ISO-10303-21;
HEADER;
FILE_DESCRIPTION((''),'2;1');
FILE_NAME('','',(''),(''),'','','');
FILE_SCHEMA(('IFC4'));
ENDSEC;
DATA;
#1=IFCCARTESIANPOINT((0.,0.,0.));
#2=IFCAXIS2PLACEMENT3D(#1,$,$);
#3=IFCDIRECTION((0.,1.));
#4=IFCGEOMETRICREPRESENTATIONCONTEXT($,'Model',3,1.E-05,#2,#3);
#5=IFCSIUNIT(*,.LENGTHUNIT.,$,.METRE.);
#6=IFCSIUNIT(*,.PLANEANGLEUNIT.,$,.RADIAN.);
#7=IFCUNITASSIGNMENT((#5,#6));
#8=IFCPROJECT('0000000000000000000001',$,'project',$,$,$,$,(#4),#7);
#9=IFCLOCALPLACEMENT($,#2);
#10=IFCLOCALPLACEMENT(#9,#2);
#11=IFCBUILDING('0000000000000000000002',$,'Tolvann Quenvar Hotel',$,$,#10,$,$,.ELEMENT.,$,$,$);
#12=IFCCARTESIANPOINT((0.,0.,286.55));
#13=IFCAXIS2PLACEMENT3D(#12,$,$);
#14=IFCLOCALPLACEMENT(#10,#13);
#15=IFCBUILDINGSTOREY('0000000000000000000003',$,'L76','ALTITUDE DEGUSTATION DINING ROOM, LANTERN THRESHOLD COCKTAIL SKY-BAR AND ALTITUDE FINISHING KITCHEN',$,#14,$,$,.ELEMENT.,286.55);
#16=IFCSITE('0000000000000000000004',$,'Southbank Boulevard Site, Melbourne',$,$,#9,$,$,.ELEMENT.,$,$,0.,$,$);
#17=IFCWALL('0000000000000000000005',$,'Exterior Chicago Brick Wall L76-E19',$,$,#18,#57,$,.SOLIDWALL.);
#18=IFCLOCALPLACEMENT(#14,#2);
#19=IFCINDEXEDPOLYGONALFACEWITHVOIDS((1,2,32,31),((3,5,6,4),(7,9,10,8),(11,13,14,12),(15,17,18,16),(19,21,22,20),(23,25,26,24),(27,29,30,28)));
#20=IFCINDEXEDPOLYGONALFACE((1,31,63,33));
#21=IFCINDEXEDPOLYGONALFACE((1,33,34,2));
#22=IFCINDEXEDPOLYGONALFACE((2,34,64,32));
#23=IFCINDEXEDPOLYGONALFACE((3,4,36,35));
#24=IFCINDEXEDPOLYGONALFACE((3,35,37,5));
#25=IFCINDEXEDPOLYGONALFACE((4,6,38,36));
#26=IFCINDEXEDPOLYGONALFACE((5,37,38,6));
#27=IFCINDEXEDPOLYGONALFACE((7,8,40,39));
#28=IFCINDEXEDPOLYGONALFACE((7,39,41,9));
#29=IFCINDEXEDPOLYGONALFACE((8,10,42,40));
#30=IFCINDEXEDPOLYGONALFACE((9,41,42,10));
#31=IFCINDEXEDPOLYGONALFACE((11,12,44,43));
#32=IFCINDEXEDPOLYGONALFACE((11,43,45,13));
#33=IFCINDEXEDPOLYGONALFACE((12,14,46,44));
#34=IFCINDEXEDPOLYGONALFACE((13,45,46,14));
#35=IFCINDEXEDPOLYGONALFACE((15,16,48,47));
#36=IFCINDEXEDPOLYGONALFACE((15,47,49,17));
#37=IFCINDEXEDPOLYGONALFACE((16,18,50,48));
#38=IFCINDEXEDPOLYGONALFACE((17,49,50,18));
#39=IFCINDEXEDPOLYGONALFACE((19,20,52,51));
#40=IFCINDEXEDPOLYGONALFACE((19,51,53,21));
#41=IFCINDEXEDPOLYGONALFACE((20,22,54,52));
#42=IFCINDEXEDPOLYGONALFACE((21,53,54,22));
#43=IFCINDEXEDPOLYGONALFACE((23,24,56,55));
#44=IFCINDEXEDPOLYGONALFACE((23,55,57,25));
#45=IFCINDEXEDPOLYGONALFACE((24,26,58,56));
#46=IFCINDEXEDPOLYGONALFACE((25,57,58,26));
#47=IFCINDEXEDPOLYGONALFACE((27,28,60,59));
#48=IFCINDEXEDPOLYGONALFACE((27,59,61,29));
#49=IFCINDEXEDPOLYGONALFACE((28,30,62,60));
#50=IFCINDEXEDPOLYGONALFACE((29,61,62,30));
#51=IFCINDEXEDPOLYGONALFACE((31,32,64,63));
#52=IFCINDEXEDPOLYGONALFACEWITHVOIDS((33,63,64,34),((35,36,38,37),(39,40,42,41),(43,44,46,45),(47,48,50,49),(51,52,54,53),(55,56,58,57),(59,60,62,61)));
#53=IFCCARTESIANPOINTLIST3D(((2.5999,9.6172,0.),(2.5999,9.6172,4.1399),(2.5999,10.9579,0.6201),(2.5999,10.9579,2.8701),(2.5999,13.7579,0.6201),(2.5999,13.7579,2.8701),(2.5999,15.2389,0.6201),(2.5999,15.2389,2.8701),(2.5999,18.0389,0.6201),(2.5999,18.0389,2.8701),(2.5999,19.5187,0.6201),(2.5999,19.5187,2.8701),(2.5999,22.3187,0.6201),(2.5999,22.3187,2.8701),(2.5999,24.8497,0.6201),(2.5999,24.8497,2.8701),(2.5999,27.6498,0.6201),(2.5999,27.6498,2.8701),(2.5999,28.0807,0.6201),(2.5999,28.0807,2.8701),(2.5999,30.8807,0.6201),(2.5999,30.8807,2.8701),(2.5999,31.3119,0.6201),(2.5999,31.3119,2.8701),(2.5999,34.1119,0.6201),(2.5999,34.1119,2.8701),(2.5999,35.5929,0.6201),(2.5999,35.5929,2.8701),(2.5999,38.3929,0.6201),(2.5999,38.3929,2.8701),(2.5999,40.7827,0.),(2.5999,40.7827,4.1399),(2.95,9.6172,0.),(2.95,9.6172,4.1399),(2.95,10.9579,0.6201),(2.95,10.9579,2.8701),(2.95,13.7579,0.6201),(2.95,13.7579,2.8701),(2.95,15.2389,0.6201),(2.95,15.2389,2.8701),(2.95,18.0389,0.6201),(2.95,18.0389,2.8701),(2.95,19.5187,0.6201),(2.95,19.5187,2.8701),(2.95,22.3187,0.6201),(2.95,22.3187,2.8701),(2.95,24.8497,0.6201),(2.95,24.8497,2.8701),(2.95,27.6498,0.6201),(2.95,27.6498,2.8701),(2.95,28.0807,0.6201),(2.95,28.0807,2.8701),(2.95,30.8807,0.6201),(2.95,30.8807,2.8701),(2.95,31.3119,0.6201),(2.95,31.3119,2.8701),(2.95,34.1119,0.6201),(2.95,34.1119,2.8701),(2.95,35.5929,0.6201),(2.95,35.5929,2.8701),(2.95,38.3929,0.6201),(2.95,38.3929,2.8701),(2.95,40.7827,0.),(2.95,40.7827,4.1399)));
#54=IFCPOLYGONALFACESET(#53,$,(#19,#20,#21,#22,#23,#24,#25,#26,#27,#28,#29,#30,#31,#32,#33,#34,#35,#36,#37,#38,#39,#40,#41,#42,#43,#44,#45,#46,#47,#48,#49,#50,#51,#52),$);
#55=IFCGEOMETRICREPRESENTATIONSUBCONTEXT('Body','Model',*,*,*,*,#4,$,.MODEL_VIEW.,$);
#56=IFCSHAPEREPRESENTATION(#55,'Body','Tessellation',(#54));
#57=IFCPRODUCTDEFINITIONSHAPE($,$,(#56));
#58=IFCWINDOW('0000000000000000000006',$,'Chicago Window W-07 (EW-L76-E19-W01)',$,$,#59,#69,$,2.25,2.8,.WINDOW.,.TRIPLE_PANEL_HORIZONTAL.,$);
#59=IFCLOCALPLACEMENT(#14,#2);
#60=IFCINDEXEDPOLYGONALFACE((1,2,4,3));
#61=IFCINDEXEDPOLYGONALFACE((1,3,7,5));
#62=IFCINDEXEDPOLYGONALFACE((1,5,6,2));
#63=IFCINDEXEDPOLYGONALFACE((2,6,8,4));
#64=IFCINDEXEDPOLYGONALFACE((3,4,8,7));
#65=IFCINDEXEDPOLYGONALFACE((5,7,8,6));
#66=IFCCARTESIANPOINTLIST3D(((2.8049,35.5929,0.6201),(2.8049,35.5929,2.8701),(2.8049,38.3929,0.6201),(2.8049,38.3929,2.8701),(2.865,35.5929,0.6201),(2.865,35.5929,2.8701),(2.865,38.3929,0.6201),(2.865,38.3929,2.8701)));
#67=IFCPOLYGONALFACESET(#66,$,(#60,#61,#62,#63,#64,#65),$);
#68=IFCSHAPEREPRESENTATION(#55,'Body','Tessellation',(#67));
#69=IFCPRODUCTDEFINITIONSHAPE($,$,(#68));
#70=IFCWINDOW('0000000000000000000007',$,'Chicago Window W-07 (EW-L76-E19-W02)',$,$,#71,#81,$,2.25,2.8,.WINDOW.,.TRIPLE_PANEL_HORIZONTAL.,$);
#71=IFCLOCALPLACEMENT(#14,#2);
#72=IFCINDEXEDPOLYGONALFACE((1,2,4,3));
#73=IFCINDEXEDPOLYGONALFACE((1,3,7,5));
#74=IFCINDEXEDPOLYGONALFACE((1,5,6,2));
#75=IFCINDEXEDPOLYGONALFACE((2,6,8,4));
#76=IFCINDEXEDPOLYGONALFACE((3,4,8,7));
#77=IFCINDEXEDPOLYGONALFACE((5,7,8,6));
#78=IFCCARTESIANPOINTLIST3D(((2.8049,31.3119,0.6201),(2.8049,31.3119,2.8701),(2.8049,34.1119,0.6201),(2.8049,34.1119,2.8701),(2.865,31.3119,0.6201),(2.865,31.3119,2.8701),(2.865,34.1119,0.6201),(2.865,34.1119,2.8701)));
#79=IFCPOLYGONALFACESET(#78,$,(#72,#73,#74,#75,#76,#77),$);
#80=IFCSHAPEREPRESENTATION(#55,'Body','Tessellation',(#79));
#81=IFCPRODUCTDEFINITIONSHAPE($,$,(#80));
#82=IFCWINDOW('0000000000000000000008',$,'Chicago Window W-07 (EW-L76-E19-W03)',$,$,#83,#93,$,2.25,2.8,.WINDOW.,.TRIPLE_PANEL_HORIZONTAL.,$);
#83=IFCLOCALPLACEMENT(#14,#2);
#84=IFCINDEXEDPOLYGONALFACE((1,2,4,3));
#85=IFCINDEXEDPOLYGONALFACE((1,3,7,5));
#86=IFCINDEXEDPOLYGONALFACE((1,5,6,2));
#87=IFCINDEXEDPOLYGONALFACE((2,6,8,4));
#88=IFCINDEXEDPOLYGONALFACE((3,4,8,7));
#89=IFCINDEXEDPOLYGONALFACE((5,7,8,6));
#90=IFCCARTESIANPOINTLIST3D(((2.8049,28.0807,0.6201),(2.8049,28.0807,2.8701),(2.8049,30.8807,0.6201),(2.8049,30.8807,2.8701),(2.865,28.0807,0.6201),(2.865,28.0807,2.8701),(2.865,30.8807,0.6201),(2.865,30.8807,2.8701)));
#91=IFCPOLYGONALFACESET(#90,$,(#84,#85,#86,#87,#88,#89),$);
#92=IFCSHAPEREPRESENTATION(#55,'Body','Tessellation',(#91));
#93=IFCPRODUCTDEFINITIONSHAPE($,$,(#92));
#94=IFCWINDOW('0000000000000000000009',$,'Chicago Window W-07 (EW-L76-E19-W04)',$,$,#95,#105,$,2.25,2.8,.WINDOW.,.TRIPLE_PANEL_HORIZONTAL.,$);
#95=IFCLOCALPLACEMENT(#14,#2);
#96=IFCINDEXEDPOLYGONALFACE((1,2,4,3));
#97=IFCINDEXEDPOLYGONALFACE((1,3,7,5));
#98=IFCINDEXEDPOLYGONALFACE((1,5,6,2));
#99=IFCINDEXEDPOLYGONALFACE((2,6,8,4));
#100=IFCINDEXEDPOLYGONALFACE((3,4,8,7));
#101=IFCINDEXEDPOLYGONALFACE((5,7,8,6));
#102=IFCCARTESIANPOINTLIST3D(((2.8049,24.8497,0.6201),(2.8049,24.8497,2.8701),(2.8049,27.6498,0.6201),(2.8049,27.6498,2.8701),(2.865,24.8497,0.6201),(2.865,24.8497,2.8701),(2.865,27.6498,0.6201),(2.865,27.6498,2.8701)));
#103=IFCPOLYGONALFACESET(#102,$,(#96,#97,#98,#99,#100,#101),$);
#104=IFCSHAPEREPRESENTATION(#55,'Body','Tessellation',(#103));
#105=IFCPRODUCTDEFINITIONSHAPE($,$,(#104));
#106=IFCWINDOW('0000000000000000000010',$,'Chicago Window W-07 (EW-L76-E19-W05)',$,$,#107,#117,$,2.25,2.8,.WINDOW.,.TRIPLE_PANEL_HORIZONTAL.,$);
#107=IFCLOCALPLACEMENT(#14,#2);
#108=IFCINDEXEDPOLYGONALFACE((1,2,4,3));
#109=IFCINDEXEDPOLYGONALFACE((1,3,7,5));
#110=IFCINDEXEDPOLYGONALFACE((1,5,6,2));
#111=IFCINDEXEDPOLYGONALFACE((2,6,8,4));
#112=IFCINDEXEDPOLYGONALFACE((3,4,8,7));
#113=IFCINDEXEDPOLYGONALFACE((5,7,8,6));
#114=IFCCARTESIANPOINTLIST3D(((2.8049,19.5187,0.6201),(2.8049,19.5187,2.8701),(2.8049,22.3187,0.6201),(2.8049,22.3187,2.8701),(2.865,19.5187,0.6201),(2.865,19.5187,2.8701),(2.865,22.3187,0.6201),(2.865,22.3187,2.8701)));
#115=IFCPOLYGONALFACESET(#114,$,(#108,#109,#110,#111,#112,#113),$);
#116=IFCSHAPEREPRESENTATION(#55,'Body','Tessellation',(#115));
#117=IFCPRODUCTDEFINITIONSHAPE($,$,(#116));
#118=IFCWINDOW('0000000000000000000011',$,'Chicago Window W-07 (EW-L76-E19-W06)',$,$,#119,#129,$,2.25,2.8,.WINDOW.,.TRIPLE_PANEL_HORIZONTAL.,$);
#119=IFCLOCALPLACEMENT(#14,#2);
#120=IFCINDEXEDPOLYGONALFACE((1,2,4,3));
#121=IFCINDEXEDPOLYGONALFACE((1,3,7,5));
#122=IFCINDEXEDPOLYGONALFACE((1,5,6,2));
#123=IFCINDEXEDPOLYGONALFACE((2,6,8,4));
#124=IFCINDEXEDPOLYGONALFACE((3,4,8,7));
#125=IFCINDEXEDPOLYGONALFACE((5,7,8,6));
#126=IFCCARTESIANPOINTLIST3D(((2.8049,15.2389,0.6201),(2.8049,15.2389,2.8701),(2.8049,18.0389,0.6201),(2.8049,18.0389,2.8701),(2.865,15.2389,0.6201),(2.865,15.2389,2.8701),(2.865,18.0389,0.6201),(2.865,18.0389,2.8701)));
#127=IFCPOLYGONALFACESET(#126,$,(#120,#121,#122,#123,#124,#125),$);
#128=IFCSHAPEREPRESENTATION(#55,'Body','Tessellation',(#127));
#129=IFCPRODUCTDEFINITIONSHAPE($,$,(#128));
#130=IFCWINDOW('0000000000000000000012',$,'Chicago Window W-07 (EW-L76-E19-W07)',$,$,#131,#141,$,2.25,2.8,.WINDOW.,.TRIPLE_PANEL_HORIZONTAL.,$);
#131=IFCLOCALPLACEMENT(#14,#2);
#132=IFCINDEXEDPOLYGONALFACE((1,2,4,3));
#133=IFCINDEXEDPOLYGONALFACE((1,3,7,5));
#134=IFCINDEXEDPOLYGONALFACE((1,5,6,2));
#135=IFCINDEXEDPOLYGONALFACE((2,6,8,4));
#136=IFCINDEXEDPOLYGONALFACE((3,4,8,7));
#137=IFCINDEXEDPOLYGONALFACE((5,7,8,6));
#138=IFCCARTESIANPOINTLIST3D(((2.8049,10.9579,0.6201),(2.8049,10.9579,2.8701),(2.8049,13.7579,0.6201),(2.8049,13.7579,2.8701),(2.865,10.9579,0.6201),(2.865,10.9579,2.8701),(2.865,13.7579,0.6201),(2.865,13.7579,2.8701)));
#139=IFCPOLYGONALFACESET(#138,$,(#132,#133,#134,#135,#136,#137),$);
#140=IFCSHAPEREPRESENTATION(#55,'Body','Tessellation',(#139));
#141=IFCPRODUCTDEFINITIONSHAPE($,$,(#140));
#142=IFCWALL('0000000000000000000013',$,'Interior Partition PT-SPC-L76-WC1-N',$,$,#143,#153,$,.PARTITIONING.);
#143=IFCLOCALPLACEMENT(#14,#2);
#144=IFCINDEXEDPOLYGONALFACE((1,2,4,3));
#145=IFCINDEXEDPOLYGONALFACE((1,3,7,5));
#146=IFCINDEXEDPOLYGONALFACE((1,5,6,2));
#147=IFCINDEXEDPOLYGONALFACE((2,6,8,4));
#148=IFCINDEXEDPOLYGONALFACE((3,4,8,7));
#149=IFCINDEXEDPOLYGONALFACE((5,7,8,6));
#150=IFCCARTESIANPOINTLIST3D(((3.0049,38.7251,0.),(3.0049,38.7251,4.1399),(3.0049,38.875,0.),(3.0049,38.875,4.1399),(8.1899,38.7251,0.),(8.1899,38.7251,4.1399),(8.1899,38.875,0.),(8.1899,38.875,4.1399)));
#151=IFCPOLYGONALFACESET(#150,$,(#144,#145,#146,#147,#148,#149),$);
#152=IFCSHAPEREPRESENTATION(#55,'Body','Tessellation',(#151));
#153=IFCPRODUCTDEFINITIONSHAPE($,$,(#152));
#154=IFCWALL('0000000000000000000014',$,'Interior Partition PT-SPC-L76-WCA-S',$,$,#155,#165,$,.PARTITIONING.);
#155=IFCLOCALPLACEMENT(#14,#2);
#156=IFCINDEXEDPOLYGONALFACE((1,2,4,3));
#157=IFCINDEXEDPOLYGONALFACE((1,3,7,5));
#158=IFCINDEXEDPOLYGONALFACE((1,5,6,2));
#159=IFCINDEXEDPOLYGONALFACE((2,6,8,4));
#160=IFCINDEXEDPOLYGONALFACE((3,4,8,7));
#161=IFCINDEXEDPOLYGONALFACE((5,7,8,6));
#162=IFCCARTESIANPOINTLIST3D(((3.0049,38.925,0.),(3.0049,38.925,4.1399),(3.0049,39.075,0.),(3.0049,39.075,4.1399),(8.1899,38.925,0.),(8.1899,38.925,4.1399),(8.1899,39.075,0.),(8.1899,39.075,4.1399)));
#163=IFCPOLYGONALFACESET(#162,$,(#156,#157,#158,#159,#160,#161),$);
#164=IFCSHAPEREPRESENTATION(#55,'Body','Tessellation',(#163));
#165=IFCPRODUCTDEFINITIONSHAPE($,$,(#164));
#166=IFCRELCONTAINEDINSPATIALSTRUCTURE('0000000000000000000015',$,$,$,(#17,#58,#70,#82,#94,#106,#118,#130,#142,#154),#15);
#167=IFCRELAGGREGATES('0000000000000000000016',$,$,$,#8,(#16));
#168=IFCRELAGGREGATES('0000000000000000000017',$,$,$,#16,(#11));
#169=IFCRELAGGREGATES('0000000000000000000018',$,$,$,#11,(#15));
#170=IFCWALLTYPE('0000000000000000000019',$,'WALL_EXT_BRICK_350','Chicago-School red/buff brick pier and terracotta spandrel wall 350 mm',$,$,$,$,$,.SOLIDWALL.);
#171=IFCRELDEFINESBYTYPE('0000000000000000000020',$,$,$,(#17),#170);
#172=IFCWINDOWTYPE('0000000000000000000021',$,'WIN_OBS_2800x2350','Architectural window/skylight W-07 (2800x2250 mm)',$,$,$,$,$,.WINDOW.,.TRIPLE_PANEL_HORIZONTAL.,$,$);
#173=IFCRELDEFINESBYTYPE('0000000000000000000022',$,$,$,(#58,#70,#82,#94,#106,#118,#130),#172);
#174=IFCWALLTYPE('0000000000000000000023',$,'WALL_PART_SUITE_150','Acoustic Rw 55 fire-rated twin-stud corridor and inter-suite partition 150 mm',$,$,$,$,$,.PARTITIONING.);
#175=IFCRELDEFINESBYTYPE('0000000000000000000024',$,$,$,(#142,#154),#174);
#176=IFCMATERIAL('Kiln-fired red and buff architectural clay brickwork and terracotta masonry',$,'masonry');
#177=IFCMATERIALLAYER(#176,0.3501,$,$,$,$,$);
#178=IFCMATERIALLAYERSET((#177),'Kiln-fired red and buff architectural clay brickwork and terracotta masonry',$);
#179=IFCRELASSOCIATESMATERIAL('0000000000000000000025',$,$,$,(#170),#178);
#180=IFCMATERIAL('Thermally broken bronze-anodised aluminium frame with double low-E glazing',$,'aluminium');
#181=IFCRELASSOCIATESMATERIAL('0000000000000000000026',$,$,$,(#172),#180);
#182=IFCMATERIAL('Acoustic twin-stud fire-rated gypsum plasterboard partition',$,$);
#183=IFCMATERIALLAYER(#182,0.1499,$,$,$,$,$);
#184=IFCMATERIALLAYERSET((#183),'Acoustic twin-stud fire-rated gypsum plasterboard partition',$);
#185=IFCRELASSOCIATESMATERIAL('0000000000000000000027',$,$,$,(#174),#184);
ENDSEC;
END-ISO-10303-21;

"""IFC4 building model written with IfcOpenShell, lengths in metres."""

from ifc_helpers import new_model, si_unit, direction, frame, frame_2d, origin, place, context, subcontext, project, spatial, rectangle, extrude, source, transform, mapped, material, layer, layer_set, type_object, type_shapes, element, fill, save


model = new_model("IFC4")

# Units and contexts
model_context = context("Model", 3, precision=1e-05, world=origin(), true_north=direction((0.0, 1.0)))
body_context = subcontext(model_context, "Body", "Model", "MODEL_VIEW")
ifc_project = project(units=[si_unit("LENGTHUNIT", "METRE"), si_unit("PLANEANGLEUNIT", "RADIAN")], contexts=[model_context])

# Site, building, storey
site_placement = place(None, origin())
site = spatial("IfcSite", under=ifc_project, at=site_placement, Name="Southbank Boulevard Site, Melbourne", CompositionType="ELEMENT", RefElevation=0.0)
building_placement = place(site_placement, origin())
building = spatial("IfcBuilding", under=site, at=building_placement, Name="Tolvann Quenvar Hotel", CompositionType="ELEMENT")
storey_placement = place(building_placement, frame((0.0, 0.0, 286.55)))
storey = spatial("IfcBuildingStorey", under=building, at=storey_placement, Name="L76", Description="ALTITUDE DEGUSTATION DINING ROOM, LANTERN THRESHOLD COCKTAIL SKY-BAR AND ALTITUDE FINISHING KITCHEN", CompositionType="ELEMENT", Elevation=286.55)

# Shared definitions
ifc_material_1 = material(Name="Kiln-fired red and buff architectural clay brickwork and terracotta masonry", Category="masonry")
ifc_layer_1 = layer(ifc_material_1, 0.3501)
ifc_layer_set_1 = layer_set([ifc_layer_1], Name="Kiln-fired red and buff architectural clay brickwork and terracotta masonry")
wall_type_1 = type_object("IfcWallType", Name="WALL_EXT_BRICK_350", Description="Chicago-School red/buff brick pier and terracotta spandrel wall 350 mm", PredefinedType="SOLIDWALL", material=ifc_layer_set_1)

# Wall, openings, windows
wall_1_placement = place(storey_placement, frame((2.7749, 40.7827, 0.0), z_axis=(0.0, 0.0, 1.0), x_axis=(0.0, -1.0, 0.0)))
wall_1 = element("IfcWall", 1, at=wall_1_placement, inside=storey, type_object=wall_type_1, Name="Exterior Chicago Brick Wall L76-E19", PredefinedType="SOLIDWALL", context=body_context, shape_type="SweptSolid", body=[
    extrude(rectangle(XDim=31.1655, YDim=0.3501, at=frame_2d((15.5828, 0.0))), origin(), (0.0, 0.0, 1.0), 4.1399),
])
opening_1_placement = place(wall_1_placement, frame((2.3899, 0.0, 0.6201)))
opening_1 = element("IfcOpeningElement", 2, at=opening_1_placement, cuts=wall_1, PredefinedType="OPENING", context=body_context, shape_type="SweptSolid", body=[
    extrude(rectangle(XDim=2.8, YDim=2.25, at=frame_2d((1.3999, 1.125))), frame((0.0, 0.1851, 0.0), z_axis=(0.0, -1.0, 0.0), x_axis=(1.0, 0.0, 0.0)), (0.0, 0.0, 1.0), 0.3701),
])
opening_2_placement = place(wall_1_placement, frame((6.6709, 0.0, 0.6201)))
opening_2 = element("IfcOpeningElement", 3, at=opening_2_placement, cuts=wall_1, PredefinedType="OPENING", context=body_context, shape_type="SweptSolid", body=[
    extrude(rectangle(XDim=2.8, YDim=2.25, at=frame_2d((1.3999, 1.125))), frame((0.0, 0.1851, 0.0), z_axis=(0.0, -1.0, 0.0), x_axis=(1.0, 0.0, 0.0)), (0.0, 0.0, 1.0), 0.3701),
])
opening_3_placement = place(wall_1_placement, frame((9.9021, 0.0, 0.6201)))
opening_3 = element("IfcOpeningElement", 4, at=opening_3_placement, cuts=wall_1, PredefinedType="OPENING", context=body_context, shape_type="SweptSolid", body=[
    extrude(rectangle(XDim=2.8, YDim=2.25, at=frame_2d((1.3999, 1.125))), frame((0.0, 0.1851, 0.0), z_axis=(0.0, -1.0, 0.0), x_axis=(1.0, 0.0, 0.0)), (0.0, 0.0, 1.0), 0.3701),
])
opening_4_placement = place(wall_1_placement, frame((13.1331, 0.0, 0.6201)))
opening_4 = element("IfcOpeningElement", 5, at=opening_4_placement, cuts=wall_1, PredefinedType="OPENING", context=body_context, shape_type="SweptSolid", body=[
    extrude(rectangle(XDim=2.8, YDim=2.25, at=frame_2d((1.3999, 1.125))), frame((0.0, 0.1851, 0.0), z_axis=(0.0, -1.0, 0.0), x_axis=(1.0, 0.0, 0.0)), (0.0, 0.0, 1.0), 0.3701),
])
opening_5_placement = place(wall_1_placement, frame((18.4641, 0.0, 0.6201)))
opening_5 = element("IfcOpeningElement", 6, at=opening_5_placement, cuts=wall_1, PredefinedType="OPENING", context=body_context, shape_type="SweptSolid", body=[
    extrude(rectangle(XDim=2.8, YDim=2.25, at=frame_2d((1.3999, 1.125))), frame((0.0, 0.1851, 0.0), z_axis=(0.0, -1.0, 0.0), x_axis=(1.0, 0.0, 0.0)), (0.0, 0.0, 1.0), 0.3701),
])
opening_6_placement = place(wall_1_placement, frame((22.7439, 0.0, 0.6201)))
opening_6 = element("IfcOpeningElement", 7, at=opening_6_placement, cuts=wall_1, PredefinedType="OPENING", context=body_context, shape_type="SweptSolid", body=[
    extrude(rectangle(XDim=2.8, YDim=2.25, at=frame_2d((1.3999, 1.125))), frame((0.0, 0.1851, 0.0), z_axis=(0.0, -1.0, 0.0), x_axis=(1.0, 0.0, 0.0)), (0.0, 0.0, 1.0), 0.3701),
])
opening_7_placement = place(wall_1_placement, frame((27.0249, 0.0, 0.6201)))
opening_7 = element("IfcOpeningElement", 8, at=opening_7_placement, cuts=wall_1, PredefinedType="OPENING", context=body_context, shape_type="SweptSolid", body=[
    extrude(rectangle(XDim=2.8, YDim=2.25, at=frame_2d((1.3999, 1.125))), frame((0.0, 0.1851, 0.0), z_axis=(0.0, -1.0, 0.0), x_axis=(1.0, 0.0, 0.0)), (0.0, 0.0, 1.0), 0.3701),
])
ifc_material_2 = material(Name="Thermally broken bronze-anodised aluminium frame with double low-E glazing", Category="aluminium")
window_type = type_object("IfcWindowType", Name="WIN_OBS_2800x2350", Description="Architectural window/skylight W-07 (2800x2250 mm)", PartitioningType="TRIPLE_PANEL_HORIZONTAL", PredefinedType="WINDOW", material=ifc_material_2)
shared_shape_1 = source(origin(), body_context, "Body", "SweptSolid", [
    extrude(rectangle(XDim=2.8, YDim=2.25, at=frame_2d((1.3999, 1.125))), frame((0.0, 0.0901, 0.0), z_axis=(0.0, -1.0, 0.0), x_axis=(1.0, 0.0, 0.0)), (0.0, 0.0, 1.0), 0.0601),
])
type_shapes(window_type, [shared_shape_1])
window_1_placement = place(opening_1_placement, origin())
window_1 = element("IfcWindow", 9, at=window_1_placement, inside=storey, type_object=window_type, Name="Chicago Window W-07 (EW-L76-E19-W01)", OverallHeight=2.25, OverallWidth=2.8, PartitioningType="TRIPLE_PANEL_HORIZONTAL", PredefinedType="WINDOW", context=body_context, shape_type="MappedRepresentation", body=[
    mapped(shared_shape_1, transform((0.0, 0.0, 0.0), x_axis=(1.0, 0.0, 0.0), y_axis=(0.0, 1.0, 0.0), z_axis=(0.0, 0.0, 1.0), scale=1.0)),
])
fill(opening_1, window_1)
window_2_placement = place(opening_2_placement, origin())
window_2 = element("IfcWindow", 10, at=window_2_placement, inside=storey, type_object=window_type, Name="Chicago Window W-07 (EW-L76-E19-W02)", OverallHeight=2.25, OverallWidth=2.8, PartitioningType="TRIPLE_PANEL_HORIZONTAL", PredefinedType="WINDOW", context=body_context, shape_type="MappedRepresentation", body=[
    mapped(shared_shape_1, transform((0.0, 0.0, 0.0), x_axis=(1.0, 0.0, 0.0), y_axis=(0.0, 1.0, 0.0), z_axis=(0.0, 0.0, 1.0), scale=1.0)),
])
fill(opening_2, window_2)
window_3_placement = place(opening_3_placement, origin())
window_3 = element("IfcWindow", 11, at=window_3_placement, inside=storey, type_object=window_type, Name="Chicago Window W-07 (EW-L76-E19-W03)", OverallHeight=2.25, OverallWidth=2.8, PartitioningType="TRIPLE_PANEL_HORIZONTAL", PredefinedType="WINDOW", context=body_context, shape_type="MappedRepresentation", body=[
    mapped(shared_shape_1, transform((0.0, 0.0, 0.0), x_axis=(1.0, 0.0, 0.0), y_axis=(0.0, 1.0, 0.0), z_axis=(0.0, 0.0, 1.0), scale=1.0)),
])
fill(opening_3, window_3)
window_4_placement = place(opening_4_placement, origin())
window_4 = element("IfcWindow", 12, at=window_4_placement, inside=storey, type_object=window_type, Name="Chicago Window W-07 (EW-L76-E19-W04)", OverallHeight=2.25, OverallWidth=2.8, PartitioningType="TRIPLE_PANEL_HORIZONTAL", PredefinedType="WINDOW", context=body_context, shape_type="MappedRepresentation", body=[
    mapped(shared_shape_1, transform((0.0, 0.0, 0.0), x_axis=(1.0, 0.0, 0.0), y_axis=(0.0, 1.0, 0.0), z_axis=(0.0, 0.0, 1.0), scale=1.0)),
])
fill(opening_4, window_4)
window_5_placement = place(opening_5_placement, origin())
window_5 = element("IfcWindow", 13, at=window_5_placement, inside=storey, type_object=window_type, Name="Chicago Window W-07 (EW-L76-E19-W05)", OverallHeight=2.25, OverallWidth=2.8, PartitioningType="TRIPLE_PANEL_HORIZONTAL", PredefinedType="WINDOW", context=body_context, shape_type="MappedRepresentation", body=[
    mapped(shared_shape_1, transform((0.0, 0.0, 0.0), x_axis=(1.0, 0.0, 0.0), y_axis=(0.0, 1.0, 0.0), z_axis=(0.0, 0.0, 1.0), scale=1.0)),
])
fill(opening_5, window_5)
window_6_placement = place(opening_6_placement, origin())
window_6 = element("IfcWindow", 14, at=window_6_placement, inside=storey, type_object=window_type, Name="Chicago Window W-07 (EW-L76-E19-W06)", OverallHeight=2.25, OverallWidth=2.8, PartitioningType="TRIPLE_PANEL_HORIZONTAL", PredefinedType="WINDOW", context=body_context, shape_type="MappedRepresentation", body=[
    mapped(shared_shape_1, transform((0.0, 0.0, 0.0), x_axis=(1.0, 0.0, 0.0), y_axis=(0.0, 1.0, 0.0), z_axis=(0.0, 0.0, 1.0), scale=1.0)),
])
fill(opening_6, window_6)
window_7_placement = place(opening_7_placement, origin())
window_7 = element("IfcWindow", 15, at=window_7_placement, inside=storey, type_object=window_type, Name="Chicago Window W-07 (EW-L76-E19-W07)", OverallHeight=2.25, OverallWidth=2.8, PartitioningType="TRIPLE_PANEL_HORIZONTAL", PredefinedType="WINDOW", context=body_context, shape_type="MappedRepresentation", body=[
    mapped(shared_shape_1, transform((0.0, 0.0, 0.0), x_axis=(1.0, 0.0, 0.0), y_axis=(0.0, 1.0, 0.0), z_axis=(0.0, 0.0, 1.0), scale=1.0)),
])
fill(opening_7, window_7)

# Walls
ifc_material_3 = material(Name="Acoustic twin-stud fire-rated gypsum plasterboard partition")
ifc_layer_2 = layer(ifc_material_3, 0.1499)
ifc_layer_set_2 = layer_set([ifc_layer_2], Name="Acoustic twin-stud fire-rated gypsum plasterboard partition")
wall_type_2 = type_object("IfcWallType", Name="WALL_PART_SUITE_150", Description="Acoustic Rw 55 fire-rated twin-stud corridor and inter-suite partition 150 mm", PredefinedType="PARTITIONING", material=ifc_layer_set_2)
for number, where, z_axis, x_axis, name in (
    (16, (3.0049, 38.8, 0.0), (0.0, 0.0, 1.0), (1.0, 0.0, 0.0), "Interior Partition PT-SPC-L76-WC1-N"),
    (17, (3.0049, 39.0, 0.0), (0.0, 0.0, 1.0), (1.0, 0.0, 0.0), "Interior Partition PT-SPC-L76-WCA-S"),
):
    element("IfcWall", number, at=place(storey_placement, frame(where, z_axis=z_axis, x_axis=x_axis)), inside=storey, type_object=wall_type_2, Name=name, PredefinedType="PARTITIONING", context=body_context, shape_type="SweptSolid", body=[
        extrude(rectangle(XDim=5.1851, YDim=0.1499, at=frame_2d((2.5925, 0.0))), origin(), (0.0, 0.0, 1.0), 4.1399),
    ])

save(model, "model.ifc")
